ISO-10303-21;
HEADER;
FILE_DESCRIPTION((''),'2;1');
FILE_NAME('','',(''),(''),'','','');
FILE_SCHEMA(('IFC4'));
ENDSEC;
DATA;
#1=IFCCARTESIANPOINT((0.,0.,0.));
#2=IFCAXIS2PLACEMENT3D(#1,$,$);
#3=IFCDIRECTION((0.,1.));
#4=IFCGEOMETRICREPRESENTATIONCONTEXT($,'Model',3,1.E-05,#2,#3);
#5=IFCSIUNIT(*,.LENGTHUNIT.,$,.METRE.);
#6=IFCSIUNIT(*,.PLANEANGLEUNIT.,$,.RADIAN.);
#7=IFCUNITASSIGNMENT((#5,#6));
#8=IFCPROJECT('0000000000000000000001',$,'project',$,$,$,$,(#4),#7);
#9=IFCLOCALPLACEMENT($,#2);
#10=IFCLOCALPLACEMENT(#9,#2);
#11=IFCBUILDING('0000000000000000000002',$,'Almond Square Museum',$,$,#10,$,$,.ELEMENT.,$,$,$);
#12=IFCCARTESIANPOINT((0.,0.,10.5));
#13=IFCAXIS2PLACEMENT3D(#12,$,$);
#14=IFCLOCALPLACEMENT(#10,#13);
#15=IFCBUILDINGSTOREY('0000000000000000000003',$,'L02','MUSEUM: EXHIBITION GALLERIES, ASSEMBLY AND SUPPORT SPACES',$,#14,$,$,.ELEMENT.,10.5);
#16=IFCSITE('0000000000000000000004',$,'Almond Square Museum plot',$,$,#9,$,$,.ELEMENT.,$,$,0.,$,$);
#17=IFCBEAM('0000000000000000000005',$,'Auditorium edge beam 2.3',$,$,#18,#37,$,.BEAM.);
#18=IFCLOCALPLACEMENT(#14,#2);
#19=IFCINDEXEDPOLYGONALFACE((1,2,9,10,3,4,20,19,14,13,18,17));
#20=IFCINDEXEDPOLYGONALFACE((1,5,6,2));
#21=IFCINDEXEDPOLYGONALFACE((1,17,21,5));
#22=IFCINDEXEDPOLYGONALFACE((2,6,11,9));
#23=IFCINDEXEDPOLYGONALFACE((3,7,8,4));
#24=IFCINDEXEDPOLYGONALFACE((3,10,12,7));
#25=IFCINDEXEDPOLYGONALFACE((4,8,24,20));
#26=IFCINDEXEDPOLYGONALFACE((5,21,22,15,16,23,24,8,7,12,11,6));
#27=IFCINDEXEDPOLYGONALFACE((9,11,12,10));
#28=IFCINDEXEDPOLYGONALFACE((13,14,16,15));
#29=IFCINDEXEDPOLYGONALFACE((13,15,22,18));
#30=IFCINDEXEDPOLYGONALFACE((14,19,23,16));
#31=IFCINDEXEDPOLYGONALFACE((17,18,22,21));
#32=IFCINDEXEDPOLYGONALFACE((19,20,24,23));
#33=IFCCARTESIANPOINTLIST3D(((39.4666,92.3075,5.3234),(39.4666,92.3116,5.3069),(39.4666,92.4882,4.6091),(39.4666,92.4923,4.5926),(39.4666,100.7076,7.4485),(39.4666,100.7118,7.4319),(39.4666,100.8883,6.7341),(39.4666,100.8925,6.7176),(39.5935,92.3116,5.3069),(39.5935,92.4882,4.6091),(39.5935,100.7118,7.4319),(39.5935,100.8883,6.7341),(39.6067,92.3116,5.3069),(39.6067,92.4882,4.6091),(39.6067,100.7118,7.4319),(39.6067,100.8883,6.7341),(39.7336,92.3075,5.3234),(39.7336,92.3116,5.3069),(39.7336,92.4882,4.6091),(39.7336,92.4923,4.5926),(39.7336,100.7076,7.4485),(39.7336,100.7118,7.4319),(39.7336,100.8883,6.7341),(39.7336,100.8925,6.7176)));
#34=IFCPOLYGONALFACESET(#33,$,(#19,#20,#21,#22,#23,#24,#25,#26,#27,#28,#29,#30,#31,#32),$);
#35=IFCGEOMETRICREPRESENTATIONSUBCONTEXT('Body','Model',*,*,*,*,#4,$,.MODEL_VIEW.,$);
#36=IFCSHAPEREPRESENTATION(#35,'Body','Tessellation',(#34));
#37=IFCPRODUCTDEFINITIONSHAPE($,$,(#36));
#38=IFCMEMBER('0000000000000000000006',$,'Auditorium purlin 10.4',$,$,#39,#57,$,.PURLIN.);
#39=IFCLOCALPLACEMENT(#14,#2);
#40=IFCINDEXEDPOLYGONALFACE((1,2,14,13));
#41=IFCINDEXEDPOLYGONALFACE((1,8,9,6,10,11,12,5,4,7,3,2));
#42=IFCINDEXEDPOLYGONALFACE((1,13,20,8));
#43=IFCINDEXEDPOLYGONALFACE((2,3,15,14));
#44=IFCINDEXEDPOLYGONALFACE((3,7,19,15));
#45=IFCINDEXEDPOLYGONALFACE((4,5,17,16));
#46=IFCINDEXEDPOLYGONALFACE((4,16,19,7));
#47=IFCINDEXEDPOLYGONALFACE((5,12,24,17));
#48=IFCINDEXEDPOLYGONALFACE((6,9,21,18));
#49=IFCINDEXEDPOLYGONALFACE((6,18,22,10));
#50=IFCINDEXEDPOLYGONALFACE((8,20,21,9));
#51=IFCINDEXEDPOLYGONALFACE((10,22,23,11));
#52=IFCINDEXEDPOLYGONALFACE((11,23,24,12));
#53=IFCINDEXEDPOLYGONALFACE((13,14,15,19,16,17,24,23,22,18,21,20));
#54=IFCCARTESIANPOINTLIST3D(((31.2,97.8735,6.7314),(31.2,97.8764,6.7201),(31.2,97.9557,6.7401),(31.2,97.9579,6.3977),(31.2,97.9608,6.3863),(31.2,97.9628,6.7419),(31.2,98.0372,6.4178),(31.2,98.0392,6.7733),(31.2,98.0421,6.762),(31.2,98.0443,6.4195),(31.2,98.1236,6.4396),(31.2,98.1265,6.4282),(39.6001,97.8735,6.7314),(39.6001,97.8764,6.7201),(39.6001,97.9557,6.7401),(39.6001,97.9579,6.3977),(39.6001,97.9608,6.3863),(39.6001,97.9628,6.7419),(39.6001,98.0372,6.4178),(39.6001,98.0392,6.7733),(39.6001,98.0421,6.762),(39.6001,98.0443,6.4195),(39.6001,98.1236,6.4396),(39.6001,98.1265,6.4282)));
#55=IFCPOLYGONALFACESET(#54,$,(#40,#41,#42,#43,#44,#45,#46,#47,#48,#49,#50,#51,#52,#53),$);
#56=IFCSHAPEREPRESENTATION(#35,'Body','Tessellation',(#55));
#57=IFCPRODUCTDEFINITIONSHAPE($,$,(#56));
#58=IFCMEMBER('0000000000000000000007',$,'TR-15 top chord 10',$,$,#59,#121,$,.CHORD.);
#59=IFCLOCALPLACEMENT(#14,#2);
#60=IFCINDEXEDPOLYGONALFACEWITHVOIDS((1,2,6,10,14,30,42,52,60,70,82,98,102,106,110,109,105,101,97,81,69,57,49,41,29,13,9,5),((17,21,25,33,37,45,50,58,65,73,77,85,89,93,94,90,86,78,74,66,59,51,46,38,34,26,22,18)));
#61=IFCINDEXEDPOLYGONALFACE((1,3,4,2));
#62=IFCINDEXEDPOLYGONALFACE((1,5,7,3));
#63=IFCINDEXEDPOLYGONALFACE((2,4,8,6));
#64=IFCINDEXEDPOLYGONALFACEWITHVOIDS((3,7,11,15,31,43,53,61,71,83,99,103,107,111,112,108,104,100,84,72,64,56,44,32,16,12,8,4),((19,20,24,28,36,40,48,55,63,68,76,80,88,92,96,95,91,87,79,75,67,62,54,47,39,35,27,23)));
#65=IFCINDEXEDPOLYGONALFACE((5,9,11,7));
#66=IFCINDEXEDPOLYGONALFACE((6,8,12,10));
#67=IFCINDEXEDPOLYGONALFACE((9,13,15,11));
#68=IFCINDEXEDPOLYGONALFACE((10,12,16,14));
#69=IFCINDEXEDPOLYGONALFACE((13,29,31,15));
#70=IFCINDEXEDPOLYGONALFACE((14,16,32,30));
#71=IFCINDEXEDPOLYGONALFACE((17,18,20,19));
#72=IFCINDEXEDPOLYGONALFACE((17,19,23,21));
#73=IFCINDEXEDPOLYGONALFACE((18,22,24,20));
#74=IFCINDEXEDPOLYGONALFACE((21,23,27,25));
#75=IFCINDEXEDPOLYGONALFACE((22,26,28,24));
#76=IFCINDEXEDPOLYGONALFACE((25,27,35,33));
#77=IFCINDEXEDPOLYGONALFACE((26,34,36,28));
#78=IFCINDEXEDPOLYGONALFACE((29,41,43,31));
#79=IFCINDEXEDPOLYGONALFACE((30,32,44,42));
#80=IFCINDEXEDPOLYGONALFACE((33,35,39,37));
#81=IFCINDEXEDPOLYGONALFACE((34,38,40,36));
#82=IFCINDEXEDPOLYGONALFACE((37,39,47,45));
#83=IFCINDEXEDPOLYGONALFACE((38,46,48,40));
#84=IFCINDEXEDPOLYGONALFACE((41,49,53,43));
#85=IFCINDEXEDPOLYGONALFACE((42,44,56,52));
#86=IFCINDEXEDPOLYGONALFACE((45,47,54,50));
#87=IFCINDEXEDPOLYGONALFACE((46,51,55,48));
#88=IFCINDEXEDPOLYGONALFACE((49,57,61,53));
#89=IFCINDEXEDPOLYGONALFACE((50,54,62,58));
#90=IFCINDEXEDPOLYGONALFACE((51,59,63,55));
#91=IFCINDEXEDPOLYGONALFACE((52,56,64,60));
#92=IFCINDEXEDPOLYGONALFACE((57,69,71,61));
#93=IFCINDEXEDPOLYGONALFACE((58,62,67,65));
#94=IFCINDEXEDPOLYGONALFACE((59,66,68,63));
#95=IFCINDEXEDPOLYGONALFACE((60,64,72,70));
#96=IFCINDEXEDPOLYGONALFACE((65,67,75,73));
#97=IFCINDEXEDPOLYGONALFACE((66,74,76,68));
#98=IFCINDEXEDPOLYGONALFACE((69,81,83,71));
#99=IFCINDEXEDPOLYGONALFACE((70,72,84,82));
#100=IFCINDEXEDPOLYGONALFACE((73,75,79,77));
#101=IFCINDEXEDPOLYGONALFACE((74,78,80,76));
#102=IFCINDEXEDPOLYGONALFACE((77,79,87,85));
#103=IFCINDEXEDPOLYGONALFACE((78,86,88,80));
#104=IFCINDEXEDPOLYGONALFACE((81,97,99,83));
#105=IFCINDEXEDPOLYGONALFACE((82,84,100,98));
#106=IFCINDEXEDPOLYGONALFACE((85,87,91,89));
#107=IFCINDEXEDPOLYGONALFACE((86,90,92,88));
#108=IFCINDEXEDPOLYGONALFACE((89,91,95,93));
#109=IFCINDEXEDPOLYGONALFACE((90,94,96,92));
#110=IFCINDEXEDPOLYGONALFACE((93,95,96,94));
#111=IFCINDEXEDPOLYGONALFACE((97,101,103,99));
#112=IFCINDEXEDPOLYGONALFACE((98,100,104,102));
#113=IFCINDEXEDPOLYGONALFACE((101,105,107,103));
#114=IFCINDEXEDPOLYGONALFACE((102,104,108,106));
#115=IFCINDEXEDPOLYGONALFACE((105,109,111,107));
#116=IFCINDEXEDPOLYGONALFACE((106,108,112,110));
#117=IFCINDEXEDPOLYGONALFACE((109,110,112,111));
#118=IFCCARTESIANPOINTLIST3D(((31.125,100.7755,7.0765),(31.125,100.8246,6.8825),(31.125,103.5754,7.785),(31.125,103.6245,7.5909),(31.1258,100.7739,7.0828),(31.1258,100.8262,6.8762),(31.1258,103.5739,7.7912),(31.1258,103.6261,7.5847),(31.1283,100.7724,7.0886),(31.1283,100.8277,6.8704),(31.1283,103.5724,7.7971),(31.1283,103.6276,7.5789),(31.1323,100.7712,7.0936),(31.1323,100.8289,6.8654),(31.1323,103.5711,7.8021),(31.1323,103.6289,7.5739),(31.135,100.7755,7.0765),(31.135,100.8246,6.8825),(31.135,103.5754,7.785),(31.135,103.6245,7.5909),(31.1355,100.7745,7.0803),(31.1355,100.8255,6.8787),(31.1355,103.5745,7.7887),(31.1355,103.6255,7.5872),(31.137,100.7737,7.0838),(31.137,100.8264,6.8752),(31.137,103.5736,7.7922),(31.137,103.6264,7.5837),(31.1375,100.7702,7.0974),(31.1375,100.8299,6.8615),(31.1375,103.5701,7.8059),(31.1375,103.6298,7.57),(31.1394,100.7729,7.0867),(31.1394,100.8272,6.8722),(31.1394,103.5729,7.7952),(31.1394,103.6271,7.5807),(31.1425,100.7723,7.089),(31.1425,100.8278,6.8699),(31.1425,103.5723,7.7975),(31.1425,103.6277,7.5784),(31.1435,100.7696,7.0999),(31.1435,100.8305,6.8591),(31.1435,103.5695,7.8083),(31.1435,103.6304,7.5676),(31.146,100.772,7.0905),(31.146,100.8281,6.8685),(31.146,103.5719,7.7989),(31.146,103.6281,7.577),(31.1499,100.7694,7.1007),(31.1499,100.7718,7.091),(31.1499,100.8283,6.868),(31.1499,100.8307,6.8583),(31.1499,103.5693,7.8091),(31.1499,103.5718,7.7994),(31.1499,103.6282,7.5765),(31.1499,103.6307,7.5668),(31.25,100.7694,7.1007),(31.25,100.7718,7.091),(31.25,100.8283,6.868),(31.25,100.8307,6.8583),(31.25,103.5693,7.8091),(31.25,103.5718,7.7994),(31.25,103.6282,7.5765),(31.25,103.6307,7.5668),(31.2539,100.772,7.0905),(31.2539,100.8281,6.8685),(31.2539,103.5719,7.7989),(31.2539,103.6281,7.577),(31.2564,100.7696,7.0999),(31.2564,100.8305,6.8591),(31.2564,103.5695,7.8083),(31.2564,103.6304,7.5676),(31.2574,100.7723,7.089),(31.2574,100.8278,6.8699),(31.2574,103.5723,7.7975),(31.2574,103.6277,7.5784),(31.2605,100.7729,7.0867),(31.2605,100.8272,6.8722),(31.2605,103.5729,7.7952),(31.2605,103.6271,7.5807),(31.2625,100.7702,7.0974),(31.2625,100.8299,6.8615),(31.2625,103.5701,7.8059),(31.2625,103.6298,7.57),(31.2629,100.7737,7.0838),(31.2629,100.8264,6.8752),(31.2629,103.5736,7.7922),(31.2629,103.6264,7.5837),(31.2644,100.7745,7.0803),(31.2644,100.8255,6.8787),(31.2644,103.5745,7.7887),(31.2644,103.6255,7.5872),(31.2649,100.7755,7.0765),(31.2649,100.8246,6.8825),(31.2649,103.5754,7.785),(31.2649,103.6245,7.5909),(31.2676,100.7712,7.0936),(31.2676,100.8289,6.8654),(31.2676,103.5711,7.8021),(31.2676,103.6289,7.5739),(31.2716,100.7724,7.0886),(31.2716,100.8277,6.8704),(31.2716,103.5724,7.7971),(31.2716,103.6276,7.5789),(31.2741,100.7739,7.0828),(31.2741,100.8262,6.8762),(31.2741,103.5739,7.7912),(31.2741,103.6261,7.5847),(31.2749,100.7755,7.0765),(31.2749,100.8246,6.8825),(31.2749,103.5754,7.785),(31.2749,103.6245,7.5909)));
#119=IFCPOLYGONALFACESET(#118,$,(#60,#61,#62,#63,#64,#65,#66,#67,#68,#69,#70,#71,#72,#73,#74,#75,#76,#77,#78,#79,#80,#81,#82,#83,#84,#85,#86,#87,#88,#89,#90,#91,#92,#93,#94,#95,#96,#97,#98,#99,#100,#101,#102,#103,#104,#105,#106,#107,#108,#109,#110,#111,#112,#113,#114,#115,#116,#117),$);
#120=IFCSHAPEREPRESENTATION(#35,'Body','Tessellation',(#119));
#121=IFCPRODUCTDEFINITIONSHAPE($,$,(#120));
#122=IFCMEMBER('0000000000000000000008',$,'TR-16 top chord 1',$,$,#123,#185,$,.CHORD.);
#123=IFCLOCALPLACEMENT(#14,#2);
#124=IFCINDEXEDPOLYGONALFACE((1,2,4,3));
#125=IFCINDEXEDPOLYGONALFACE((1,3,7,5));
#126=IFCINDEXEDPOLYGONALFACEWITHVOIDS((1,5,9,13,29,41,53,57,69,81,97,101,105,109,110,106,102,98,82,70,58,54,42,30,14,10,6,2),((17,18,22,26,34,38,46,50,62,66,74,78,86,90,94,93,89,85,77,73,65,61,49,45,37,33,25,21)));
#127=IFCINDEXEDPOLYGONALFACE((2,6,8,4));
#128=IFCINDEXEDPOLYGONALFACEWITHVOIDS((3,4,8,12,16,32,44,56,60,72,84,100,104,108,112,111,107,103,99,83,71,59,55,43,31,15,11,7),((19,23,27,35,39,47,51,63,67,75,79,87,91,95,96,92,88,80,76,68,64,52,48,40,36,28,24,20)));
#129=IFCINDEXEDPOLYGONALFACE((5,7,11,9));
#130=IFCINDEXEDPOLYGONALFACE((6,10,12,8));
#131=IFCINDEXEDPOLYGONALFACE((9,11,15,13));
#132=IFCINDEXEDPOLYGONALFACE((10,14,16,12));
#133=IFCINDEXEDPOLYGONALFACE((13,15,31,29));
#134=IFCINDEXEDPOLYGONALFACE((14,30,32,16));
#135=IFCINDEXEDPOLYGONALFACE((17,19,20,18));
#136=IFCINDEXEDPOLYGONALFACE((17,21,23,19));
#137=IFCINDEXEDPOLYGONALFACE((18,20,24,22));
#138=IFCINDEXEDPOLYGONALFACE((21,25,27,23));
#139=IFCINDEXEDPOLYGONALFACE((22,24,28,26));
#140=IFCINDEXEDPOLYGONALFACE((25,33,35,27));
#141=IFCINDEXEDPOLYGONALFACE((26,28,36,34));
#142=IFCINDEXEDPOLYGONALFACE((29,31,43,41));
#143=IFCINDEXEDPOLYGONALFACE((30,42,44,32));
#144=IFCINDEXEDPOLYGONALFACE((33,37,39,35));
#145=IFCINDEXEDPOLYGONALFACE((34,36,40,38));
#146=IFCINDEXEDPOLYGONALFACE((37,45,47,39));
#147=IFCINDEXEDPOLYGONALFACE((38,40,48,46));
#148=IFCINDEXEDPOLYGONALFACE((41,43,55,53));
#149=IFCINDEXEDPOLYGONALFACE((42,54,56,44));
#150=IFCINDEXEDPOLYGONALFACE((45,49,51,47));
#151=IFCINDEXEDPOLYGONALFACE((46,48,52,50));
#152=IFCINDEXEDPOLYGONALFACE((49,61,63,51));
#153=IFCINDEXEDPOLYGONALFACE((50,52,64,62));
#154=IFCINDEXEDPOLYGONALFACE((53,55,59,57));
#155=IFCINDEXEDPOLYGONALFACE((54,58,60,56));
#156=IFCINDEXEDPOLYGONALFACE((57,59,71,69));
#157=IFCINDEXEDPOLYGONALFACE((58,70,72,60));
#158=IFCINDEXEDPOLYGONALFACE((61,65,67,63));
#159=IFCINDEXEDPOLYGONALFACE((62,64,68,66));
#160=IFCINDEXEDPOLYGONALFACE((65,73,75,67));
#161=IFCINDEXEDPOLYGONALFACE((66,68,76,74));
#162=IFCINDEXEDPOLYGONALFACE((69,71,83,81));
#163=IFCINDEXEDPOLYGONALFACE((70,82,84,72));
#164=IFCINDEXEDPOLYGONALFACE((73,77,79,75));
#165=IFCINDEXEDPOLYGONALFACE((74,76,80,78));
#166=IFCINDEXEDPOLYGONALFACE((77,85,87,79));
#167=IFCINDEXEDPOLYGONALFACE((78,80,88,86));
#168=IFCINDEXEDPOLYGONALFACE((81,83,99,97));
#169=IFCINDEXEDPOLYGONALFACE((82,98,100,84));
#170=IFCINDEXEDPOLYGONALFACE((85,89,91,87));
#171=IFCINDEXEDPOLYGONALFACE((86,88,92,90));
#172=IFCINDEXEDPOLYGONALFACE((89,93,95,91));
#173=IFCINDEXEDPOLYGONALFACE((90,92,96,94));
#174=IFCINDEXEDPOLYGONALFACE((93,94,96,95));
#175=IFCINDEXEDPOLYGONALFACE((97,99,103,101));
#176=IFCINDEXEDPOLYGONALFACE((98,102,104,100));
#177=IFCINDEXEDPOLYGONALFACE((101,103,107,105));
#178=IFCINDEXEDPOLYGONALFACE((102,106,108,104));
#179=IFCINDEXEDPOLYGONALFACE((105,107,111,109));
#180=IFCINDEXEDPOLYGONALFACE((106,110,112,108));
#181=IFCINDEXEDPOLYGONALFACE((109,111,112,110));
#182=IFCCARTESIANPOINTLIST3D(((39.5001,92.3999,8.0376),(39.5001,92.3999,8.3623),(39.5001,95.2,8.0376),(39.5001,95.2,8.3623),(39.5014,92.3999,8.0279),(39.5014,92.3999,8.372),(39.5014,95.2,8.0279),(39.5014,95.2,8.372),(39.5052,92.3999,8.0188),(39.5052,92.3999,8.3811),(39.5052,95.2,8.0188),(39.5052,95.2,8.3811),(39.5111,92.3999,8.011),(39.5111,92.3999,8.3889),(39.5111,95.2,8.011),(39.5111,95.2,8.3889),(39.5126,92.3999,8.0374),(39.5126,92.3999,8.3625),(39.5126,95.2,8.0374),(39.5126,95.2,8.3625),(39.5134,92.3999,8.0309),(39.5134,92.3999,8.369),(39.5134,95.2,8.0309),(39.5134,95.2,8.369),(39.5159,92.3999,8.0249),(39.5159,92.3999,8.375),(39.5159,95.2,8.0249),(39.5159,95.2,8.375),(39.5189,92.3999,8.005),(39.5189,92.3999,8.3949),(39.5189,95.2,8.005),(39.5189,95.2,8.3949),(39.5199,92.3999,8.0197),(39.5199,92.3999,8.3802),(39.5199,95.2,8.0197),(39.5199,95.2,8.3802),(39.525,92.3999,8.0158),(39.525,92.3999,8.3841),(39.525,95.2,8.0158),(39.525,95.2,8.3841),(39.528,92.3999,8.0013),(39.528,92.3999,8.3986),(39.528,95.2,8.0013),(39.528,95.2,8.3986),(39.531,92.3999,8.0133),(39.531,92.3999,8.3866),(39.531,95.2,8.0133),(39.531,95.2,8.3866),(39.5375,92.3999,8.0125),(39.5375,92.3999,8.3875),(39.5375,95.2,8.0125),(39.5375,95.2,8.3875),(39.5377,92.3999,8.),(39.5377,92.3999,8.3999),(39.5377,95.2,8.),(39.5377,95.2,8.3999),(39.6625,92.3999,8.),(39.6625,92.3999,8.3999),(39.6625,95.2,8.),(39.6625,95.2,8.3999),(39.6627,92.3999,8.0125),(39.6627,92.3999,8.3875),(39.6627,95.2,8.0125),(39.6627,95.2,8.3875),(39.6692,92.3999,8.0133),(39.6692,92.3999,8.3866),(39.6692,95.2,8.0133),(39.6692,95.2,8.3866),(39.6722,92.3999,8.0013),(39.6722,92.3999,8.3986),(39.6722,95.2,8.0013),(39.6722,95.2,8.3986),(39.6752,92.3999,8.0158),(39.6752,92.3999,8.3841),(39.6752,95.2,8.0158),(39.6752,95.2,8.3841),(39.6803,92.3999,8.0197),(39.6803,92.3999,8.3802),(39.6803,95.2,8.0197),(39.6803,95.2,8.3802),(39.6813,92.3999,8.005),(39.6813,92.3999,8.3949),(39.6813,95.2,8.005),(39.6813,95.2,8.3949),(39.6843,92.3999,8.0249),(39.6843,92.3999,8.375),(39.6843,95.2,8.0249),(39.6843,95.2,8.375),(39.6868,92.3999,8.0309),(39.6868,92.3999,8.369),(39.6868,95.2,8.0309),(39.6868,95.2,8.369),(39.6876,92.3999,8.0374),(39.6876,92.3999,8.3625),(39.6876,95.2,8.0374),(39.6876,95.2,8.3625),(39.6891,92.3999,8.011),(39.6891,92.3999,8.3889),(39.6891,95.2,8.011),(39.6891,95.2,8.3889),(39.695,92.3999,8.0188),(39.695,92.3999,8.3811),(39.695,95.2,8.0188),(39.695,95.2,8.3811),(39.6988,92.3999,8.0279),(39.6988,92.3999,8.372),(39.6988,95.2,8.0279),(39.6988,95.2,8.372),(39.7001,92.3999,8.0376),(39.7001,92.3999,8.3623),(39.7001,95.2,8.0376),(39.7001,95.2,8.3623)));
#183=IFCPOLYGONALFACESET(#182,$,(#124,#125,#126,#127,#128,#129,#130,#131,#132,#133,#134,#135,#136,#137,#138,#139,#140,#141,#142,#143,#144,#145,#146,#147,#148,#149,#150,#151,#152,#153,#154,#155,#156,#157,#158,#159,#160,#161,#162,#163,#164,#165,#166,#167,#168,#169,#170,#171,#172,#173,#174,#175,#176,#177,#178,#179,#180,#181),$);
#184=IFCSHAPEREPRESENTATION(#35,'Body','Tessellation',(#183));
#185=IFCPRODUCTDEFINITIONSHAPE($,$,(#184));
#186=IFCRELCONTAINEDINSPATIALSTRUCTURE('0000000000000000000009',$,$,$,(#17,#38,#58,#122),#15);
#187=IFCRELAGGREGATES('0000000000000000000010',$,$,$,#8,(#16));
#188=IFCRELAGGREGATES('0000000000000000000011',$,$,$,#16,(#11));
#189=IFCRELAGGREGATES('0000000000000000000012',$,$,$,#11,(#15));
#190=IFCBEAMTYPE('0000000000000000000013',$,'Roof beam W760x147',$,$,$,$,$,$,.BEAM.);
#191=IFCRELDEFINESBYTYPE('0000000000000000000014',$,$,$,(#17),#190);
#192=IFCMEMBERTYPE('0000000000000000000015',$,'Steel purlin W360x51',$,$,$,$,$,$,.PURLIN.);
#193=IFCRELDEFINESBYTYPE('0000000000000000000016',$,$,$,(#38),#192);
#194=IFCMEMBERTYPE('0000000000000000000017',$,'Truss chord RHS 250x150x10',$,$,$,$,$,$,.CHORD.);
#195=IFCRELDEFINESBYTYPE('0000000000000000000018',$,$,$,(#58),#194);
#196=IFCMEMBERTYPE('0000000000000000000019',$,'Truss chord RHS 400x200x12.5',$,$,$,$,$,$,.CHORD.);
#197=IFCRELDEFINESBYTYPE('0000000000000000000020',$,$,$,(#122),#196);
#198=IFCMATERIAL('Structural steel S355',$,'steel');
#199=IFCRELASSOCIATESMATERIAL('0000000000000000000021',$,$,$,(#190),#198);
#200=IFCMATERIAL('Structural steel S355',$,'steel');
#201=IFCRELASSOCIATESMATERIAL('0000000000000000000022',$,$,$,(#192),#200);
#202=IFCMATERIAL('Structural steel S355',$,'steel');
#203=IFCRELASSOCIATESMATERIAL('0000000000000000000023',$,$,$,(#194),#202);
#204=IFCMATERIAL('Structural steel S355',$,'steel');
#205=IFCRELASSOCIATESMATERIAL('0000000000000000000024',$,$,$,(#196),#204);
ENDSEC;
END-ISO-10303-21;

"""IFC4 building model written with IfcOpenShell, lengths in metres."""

from ifc_helpers import new_model, si_unit, direction, frame, origin, origin_2d, place, context, subcontext, project, spatial, hollow_rectangle, i_section, extrude, material, material_profile, profile_set, type_object, element, save


model = new_model("IFC4")

# Units and contexts
model_context = context("Model", 3, precision=1e-05, world=origin(), true_north=direction((0.0, 1.0)))
body_context = subcontext(model_context, "Body", "Model", "MODEL_VIEW")
ifc_project = project(units=[si_unit("LENGTHUNIT", "METRE"), si_unit("PLANEANGLEUNIT", "RADIAN")], contexts=[model_context])

# Site, building, storey
site_placement = place(None, origin())
site = spatial("IfcSite", under=ifc_project, at=site_placement, Name="Almond Square Museum plot", CompositionType="ELEMENT", RefElevation=0.0)
building_placement = place(site_placement, origin())
building = spatial("IfcBuilding", under=site, at=building_placement, Name="Almond Square Museum", CompositionType="ELEMENT")
storey_placement = place(building_placement, frame((0.0, 0.0, 10.5)))
storey = spatial("IfcBuildingStorey", under=building, at=storey_placement, Name="L02", Description="MUSEUM: EXHIBITION GALLERIES, ASSEMBLY AND SUPPORT SPACES", CompositionType="ELEMENT", Elevation=10.5)

# Beam
ifc_material_1 = material(Name="Structural steel S355", Category="steel")
ifc_material_profile_1 = material_profile(ifc_material_1, i_section(OverallWidth=0.2671, OverallDepth=0.7539, WebThickness=0.0132, FlangeThickness=0.0171, at=origin_2d()))
ifc_profile_set_1 = profile_set([ifc_material_profile_1], Name="Structural steel S355")
beam_type = type_object("IfcBeamType", Name="Roof beam W760x147", PredefinedType="BEAM", material=ifc_profile_set_1)
beam_placement = place(storey_placement, frame((39.6001, 92.3999, 4.958), z_axis=(0.0, 0.969461, 0.245246), x_axis=(-1.0, 0.0, 0.0)))
element("IfcBeam", 1, at=beam_placement, inside=storey, type_object=beam_type, Name="Auditorium edge beam 2.3", PredefinedType="BEAM", context=body_context, shape_type="SweptSolid", body=[
    extrude(i_section(OverallWidth=0.2671, OverallDepth=0.7539, WebThickness=0.0132, FlangeThickness=0.0171, at=origin_2d()), origin(), (0.0, 0.0, 1.0), 8.6648),
])

# Members
ifc_material_2 = material(Name="Structural steel S355", Category="steel")
ifc_material_profile_2 = material_profile(ifc_material_2, i_section(OverallWidth=0.1709, OverallDepth=0.356, WebThickness=0.0073, FlangeThickness=0.0117, at=origin_2d()))
ifc_profile_set_2 = profile_set([ifc_material_profile_2], Name="Structural steel S355")
member_type_1 = type_object("IfcMemberType", Name="Steel purlin W360x51", PredefinedType="PURLIN", material=ifc_profile_set_2)
member_1_placement = place(storey_placement, frame((31.2, 98.0, 6.5798), z_axis=(1.0, 0.0, 0.0), x_axis=(0.0, 0.96946, 0.24525)))
element("IfcMember", 2, at=member_1_placement, inside=storey, type_object=member_type_1, Name="Auditorium purlin 10.4", PredefinedType="PURLIN", context=body_context, shape_type="SweptSolid", body=[
    extrude(i_section(OverallWidth=0.1709, OverallDepth=0.356, WebThickness=0.0073, FlangeThickness=0.0117, at=origin_2d()), origin(), (0.0, 0.0, 1.0), 8.4001),
])
ifc_material_3 = material(Name="Structural steel S355", Category="steel")
ifc_material_profile_3 = material_profile(ifc_material_3, hollow_rectangle(XDim=0.1499, YDim=0.25, WallThickness=0.01, InnerFilletRadius=0.0149, OuterFilletRadius=0.0249, at=origin_2d()))
ifc_profile_set_3 = profile_set([ifc_material_profile_3], Name="Structural steel S355")
member_type_2 = type_object("IfcMemberType", Name="Truss chord RHS 250x150x10", PredefinedType="CHORD", material=ifc_profile_set_3)
member_2_placement = place(storey_placement, frame((31.2, 100.8, 6.9795), z_axis=(0.0, 0.969447, 0.245299), x_axis=(-1.0, 0.0, 0.0)))
element("IfcMember", 3, at=member_2_placement, inside=storey, type_object=member_type_2, Name="TR-15 top chord 10", PredefinedType="CHORD", context=body_context, shape_type="SweptSolid", body=[
    extrude(hollow_rectangle(XDim=0.1499, YDim=0.25, WallThickness=0.01, InnerFilletRadius=0.0149, OuterFilletRadius=0.0249, at=origin_2d()), origin(), (0.0, 0.0, 1.0), 2.8882),
])
ifc_material_4 = material(Name="Structural steel S355", Category="steel")
ifc_material_profile_4 = material_profile(ifc_material_4, hollow_rectangle(XDim=0.2, YDim=0.3999, WallThickness=0.0125, InnerFilletRadius=0.0249, OuterFilletRadius=0.0376, at=origin_2d()))
ifc_profile_set_4 = profile_set([ifc_material_profile_4], Name="Structural steel S355")
member_type_3 = type_object("IfcMemberType", Name="Truss chord RHS 400x200x12.5", PredefinedType="CHORD", material=ifc_profile_set_4)
for number, where, z_axis, x_axis, name in (
    (4, (39.6001, 92.3999, 8.2), (0.0, 1.0, 0.0), (-1.0, 0.0, 0.0), "TR-16 top chord 1"),
):
    element("IfcMember", number, at=place(storey_placement, frame(where, z_axis=z_axis, x_axis=x_axis)), inside=storey, type_object=member_type_3, Name=name, PredefinedType="CHORD", context=body_context, shape_type="SweptSolid", body=[
        extrude(hollow_rectangle(XDim=0.2, YDim=0.3999, WallThickness=0.0125, InnerFilletRadius=0.0249, OuterFilletRadius=0.0376, at=origin_2d()), origin(), (0.0, 0.0, 1.0), 2.8),
    ])

save(model, "model.ifc")
